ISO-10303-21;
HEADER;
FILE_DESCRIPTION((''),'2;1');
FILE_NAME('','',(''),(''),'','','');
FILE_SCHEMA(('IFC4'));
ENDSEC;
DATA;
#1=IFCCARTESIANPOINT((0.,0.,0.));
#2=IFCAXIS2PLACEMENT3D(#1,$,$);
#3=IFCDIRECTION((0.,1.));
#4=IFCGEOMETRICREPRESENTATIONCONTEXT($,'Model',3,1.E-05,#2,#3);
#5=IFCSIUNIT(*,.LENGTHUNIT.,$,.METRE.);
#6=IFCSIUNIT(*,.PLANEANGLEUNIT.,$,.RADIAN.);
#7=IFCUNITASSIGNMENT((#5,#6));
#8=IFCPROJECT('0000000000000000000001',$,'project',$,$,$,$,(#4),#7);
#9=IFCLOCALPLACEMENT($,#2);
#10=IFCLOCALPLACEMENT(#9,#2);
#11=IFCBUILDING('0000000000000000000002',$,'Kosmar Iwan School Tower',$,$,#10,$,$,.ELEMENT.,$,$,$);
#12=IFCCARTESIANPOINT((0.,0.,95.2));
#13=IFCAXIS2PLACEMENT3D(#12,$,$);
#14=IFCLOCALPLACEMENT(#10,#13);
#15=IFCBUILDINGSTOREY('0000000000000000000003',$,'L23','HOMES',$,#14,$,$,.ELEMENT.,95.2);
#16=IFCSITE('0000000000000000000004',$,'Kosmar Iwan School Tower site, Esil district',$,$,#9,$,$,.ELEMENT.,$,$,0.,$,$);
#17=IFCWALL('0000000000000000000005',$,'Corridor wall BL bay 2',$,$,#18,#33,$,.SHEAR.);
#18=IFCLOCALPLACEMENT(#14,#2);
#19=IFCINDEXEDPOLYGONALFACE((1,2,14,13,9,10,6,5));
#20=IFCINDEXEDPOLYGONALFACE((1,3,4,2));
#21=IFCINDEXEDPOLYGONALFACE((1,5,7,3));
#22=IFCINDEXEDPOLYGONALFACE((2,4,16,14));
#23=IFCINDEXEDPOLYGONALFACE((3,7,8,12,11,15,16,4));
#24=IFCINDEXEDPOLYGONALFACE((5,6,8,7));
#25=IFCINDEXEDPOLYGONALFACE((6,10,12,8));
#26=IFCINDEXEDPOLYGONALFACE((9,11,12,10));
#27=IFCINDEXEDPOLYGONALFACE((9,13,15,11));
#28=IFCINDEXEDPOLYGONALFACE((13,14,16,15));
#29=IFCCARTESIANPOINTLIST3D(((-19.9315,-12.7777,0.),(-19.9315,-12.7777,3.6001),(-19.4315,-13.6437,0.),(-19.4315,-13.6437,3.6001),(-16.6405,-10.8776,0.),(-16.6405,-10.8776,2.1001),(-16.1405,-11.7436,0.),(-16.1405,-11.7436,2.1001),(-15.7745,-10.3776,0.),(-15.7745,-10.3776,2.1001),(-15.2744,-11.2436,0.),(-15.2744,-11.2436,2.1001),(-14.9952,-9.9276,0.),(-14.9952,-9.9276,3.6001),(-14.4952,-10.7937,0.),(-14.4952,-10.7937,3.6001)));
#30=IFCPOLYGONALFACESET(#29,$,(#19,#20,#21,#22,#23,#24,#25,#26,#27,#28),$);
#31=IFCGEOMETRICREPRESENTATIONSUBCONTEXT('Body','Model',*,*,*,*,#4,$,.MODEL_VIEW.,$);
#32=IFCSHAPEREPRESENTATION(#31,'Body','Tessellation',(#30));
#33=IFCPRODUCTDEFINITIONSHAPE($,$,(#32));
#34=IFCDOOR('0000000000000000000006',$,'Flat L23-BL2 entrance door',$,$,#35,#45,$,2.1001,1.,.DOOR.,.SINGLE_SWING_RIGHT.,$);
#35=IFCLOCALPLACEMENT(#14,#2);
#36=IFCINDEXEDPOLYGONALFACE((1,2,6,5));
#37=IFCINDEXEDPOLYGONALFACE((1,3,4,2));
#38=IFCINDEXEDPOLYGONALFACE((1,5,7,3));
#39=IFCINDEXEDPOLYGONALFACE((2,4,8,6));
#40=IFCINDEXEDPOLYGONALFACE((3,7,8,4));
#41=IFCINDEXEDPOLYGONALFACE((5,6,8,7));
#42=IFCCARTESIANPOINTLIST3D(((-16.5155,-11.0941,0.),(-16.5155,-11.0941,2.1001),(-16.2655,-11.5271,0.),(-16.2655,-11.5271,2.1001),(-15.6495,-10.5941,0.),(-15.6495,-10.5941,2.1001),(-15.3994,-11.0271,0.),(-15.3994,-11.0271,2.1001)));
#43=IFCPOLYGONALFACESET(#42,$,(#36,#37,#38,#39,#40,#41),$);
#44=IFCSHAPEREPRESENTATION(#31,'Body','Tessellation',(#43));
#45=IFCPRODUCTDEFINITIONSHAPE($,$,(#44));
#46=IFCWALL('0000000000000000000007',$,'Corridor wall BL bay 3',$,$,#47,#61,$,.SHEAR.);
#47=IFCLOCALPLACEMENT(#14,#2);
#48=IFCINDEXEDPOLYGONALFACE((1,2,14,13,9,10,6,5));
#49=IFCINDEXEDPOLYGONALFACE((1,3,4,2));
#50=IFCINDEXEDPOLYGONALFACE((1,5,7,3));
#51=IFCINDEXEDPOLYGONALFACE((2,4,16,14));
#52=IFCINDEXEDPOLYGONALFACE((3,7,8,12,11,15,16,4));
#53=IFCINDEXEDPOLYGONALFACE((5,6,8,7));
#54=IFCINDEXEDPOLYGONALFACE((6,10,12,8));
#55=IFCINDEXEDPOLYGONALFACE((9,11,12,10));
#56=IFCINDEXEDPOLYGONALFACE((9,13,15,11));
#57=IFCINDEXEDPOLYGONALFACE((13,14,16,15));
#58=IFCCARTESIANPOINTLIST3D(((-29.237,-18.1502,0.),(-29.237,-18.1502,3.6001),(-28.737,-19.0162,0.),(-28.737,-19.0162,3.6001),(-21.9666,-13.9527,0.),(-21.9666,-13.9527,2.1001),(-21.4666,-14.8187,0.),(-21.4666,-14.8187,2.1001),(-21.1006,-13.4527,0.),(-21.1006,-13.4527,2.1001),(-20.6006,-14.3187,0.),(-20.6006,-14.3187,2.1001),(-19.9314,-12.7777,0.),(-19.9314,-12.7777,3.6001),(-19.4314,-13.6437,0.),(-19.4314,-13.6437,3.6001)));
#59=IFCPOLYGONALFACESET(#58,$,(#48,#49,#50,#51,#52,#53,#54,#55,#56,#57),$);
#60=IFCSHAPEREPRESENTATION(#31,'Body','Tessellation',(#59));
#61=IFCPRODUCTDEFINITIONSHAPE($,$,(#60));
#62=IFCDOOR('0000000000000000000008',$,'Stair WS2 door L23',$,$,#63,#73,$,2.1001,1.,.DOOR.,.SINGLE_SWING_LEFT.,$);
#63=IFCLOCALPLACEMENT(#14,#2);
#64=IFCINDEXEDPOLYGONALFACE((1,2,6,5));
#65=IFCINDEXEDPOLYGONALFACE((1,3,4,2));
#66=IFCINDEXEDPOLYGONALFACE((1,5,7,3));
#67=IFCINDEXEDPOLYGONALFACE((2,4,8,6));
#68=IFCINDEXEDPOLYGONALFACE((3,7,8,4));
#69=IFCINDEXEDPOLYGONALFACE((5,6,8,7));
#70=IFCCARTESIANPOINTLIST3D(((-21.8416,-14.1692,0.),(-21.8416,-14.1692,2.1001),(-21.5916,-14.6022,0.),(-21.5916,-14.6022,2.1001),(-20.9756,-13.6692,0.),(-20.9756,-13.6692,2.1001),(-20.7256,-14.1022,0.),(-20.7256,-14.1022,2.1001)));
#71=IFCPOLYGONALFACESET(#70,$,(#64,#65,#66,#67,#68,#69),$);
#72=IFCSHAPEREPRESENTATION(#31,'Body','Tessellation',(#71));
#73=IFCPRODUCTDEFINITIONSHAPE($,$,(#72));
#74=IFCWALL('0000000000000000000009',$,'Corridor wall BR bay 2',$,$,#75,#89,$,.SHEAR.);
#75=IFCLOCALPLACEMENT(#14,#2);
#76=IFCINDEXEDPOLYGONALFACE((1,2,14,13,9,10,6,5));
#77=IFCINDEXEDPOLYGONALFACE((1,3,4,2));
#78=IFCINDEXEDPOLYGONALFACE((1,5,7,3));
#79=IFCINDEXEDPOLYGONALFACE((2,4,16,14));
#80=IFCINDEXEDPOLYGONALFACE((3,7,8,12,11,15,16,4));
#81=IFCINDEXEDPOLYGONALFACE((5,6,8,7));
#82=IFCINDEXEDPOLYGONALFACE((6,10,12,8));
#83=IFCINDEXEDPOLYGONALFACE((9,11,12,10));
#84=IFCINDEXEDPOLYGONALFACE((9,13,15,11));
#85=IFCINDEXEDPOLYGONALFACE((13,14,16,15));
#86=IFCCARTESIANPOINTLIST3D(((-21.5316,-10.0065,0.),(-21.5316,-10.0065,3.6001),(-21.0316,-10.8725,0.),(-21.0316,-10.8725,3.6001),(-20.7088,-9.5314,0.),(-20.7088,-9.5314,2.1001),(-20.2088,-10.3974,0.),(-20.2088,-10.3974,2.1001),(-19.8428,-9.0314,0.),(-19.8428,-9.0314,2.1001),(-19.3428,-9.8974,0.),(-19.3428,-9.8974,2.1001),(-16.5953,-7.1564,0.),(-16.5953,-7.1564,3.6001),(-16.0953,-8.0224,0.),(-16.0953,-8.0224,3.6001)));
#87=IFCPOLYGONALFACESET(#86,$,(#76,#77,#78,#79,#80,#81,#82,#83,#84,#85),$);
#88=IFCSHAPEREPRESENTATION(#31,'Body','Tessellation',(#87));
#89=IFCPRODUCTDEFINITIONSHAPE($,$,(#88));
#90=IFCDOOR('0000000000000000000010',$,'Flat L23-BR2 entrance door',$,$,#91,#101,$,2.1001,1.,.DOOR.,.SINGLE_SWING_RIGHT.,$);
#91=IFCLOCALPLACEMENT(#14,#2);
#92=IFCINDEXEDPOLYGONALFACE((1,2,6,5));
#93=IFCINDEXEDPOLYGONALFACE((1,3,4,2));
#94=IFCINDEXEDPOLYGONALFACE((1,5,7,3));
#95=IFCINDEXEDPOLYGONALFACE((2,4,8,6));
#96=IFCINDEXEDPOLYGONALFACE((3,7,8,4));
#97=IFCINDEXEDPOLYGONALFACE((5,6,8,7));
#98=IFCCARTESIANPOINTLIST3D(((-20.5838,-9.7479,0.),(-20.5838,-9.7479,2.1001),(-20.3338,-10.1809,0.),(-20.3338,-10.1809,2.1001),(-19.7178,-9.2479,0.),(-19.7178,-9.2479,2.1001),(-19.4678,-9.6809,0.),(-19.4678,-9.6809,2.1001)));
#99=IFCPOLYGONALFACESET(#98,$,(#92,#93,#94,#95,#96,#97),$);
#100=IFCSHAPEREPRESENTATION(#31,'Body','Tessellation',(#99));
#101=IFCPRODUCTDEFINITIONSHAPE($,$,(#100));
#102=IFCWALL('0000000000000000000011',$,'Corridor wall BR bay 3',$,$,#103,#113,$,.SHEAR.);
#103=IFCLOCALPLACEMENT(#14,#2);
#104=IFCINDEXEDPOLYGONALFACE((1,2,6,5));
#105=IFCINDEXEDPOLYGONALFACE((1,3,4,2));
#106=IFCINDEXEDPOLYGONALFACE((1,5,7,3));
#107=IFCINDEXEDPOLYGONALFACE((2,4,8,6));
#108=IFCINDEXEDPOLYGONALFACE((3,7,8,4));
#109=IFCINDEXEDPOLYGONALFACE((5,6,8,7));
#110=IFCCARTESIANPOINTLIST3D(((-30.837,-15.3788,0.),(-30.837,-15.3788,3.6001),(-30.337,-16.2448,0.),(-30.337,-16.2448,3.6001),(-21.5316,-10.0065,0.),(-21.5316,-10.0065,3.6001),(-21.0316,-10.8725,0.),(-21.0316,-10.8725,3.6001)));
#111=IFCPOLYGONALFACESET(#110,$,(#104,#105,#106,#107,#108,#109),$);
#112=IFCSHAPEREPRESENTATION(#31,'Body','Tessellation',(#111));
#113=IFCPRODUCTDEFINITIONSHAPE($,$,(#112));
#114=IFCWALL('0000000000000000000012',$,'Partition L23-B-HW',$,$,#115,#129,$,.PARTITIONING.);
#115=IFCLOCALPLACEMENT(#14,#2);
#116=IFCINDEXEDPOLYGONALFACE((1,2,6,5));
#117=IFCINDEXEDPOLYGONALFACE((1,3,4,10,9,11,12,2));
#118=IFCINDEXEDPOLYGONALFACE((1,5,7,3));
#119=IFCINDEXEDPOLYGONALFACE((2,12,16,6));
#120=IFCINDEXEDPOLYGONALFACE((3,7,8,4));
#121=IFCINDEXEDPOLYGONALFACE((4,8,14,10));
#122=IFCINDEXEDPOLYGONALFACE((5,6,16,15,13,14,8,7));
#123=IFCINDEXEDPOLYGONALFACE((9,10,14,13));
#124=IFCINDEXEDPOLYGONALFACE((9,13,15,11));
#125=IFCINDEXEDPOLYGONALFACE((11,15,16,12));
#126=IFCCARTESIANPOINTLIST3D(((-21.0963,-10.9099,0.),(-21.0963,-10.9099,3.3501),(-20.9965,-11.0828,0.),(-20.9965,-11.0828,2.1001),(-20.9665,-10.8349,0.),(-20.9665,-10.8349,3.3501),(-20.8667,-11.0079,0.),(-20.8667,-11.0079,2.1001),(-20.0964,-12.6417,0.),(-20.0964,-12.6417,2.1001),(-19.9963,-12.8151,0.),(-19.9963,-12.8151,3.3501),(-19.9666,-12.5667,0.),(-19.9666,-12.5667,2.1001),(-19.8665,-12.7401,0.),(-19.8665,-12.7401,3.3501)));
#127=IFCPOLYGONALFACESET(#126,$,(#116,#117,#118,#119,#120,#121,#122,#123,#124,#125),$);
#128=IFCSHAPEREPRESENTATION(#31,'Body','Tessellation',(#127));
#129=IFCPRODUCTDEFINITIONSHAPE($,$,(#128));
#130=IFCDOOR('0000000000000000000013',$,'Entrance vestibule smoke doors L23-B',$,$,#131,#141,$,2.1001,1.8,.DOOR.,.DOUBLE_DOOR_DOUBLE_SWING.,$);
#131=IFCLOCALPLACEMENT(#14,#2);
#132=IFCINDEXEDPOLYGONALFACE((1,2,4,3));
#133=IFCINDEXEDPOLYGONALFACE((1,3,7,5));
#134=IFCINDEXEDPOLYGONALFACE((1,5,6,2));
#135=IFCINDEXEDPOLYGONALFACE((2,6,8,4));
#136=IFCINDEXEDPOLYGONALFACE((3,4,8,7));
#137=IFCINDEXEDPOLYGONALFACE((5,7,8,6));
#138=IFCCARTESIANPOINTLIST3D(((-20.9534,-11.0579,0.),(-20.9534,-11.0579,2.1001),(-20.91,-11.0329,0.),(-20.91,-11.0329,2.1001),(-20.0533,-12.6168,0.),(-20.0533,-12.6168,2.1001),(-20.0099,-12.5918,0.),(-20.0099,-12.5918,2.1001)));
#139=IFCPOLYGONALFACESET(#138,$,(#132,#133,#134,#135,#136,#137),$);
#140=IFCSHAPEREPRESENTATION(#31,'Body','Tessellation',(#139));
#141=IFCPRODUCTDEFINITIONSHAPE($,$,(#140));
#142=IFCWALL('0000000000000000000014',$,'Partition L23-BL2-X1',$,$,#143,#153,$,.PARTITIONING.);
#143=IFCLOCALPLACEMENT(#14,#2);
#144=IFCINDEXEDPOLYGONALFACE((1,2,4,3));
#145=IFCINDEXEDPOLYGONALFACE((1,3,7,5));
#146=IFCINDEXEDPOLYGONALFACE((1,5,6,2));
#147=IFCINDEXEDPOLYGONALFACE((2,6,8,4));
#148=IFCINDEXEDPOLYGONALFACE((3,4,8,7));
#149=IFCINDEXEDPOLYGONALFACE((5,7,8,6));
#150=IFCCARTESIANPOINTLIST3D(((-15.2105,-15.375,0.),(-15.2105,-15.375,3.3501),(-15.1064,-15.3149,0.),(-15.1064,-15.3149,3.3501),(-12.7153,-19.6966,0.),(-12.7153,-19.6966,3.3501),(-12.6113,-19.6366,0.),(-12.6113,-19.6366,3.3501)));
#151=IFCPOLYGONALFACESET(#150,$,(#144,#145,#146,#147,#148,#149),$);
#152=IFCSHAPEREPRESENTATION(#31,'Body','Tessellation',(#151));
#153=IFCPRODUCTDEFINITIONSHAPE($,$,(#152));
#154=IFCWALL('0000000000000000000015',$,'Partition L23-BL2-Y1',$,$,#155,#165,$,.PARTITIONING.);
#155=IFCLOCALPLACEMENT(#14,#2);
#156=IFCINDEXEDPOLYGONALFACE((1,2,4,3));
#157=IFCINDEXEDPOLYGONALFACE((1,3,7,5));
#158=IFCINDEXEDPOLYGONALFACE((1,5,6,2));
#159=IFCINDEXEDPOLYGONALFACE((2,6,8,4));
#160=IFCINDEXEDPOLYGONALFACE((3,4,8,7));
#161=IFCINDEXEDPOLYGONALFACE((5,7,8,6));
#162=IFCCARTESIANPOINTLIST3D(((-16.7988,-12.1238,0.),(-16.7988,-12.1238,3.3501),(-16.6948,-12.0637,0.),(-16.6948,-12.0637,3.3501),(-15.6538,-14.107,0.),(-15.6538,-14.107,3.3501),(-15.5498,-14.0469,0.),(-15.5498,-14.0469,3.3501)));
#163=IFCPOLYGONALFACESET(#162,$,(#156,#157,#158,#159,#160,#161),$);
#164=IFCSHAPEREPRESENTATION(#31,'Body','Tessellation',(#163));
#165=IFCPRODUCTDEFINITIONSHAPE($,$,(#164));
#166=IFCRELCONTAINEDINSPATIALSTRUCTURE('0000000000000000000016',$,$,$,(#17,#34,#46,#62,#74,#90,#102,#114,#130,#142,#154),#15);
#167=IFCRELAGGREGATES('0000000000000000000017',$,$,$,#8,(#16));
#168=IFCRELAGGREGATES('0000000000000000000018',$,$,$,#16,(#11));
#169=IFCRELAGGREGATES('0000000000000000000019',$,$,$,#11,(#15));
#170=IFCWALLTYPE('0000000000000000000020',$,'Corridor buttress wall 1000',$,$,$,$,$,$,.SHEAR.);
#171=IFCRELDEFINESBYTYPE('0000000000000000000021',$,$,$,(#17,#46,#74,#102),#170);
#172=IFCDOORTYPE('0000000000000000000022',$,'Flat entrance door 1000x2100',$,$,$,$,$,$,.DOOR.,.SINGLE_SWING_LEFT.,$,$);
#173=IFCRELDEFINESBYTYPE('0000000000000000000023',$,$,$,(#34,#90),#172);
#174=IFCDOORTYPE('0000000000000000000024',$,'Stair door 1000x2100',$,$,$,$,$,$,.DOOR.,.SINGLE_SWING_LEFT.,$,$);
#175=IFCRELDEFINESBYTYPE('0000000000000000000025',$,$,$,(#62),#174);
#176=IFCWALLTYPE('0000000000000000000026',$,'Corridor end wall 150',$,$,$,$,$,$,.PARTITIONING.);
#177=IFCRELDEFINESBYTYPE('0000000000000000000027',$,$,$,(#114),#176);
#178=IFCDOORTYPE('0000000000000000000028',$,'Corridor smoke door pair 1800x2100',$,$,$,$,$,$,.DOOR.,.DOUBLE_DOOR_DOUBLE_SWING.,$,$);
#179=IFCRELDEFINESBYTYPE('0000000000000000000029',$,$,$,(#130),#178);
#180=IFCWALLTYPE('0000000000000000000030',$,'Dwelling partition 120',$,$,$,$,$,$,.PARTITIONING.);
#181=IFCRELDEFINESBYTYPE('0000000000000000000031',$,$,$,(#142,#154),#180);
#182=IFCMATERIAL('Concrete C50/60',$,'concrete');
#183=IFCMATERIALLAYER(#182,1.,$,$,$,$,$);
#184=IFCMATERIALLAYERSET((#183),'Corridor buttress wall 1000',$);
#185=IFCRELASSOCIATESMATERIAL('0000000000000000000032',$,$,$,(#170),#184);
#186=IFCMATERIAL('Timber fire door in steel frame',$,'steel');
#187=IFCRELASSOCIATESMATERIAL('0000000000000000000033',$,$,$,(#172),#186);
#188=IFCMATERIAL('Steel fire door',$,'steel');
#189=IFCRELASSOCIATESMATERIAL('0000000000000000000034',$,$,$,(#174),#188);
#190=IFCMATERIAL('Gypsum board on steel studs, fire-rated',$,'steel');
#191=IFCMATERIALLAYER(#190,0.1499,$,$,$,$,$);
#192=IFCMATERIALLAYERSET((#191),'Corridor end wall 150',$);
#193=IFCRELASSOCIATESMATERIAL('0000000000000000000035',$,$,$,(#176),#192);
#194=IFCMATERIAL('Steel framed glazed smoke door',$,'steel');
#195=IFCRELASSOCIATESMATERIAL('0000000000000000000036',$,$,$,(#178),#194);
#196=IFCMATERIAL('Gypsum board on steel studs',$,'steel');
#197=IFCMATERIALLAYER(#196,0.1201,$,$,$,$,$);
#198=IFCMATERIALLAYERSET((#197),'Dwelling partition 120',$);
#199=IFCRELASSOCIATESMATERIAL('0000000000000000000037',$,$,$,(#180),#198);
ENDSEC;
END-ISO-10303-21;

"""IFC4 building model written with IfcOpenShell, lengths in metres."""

from ifc_helpers import new_model, si_unit, direction, frame, frame_2d, origin, place, context, subcontext, project, spatial, rectangle, extrude, material, layer, layer_set, type_object, element, fill, save


model = new_model("IFC4")

# Units and contexts
model_context = context("Model", 3, precision=1e-05, world=origin(), true_north=direction((0.0, 1.0)))
body_context = subcontext(model_context, "Body", "Model", "MODEL_VIEW")
ifc_project = project(units=[si_unit("LENGTHUNIT", "METRE"), si_unit("PLANEANGLEUNIT", "RADIAN")], contexts=[model_context])

# Site, building, storey
site_placement = place(None, origin())
site = spatial("IfcSite", under=ifc_project, at=site_placement, Name="Kosmar Iwan School Tower site, Esil district", CompositionType="ELEMENT", RefElevation=0.0)
building_placement = place(site_placement, origin())
building = spatial("IfcBuilding", under=site, at=building_placement, Name="Kosmar Iwan School Tower", CompositionType="ELEMENT")
storey_placement = place(building_placement, frame((0.0, 0.0, 95.2)))
storey = spatial("IfcBuildingStorey", under=building, at=storey_placement, Name="L23", Description="HOMES", CompositionType="ELEMENT", Elevation=95.2)

# Walls, openings, doors
ifc_material_1 = material(Name="Concrete C50/60", Category="concrete")
ifc_layer_1 = layer(ifc_material_1, 1.0)
ifc_layer_set_1 = layer_set([ifc_layer_1], Name="Corridor buttress wall 1000")
wall_type_1 = type_object("IfcWallType", Name="Corridor buttress wall 1000", PredefinedType="SHEAR", material=ifc_layer_set_1)
wall_1_placement = place(storey_placement, frame((-14.7451, -10.3606, 0.0), z_axis=(0.0, 0.0, 1.0), x_axis=(-0.866015, -0.500018, 0.0)))
wall_1 = element("IfcWall", 1, at=wall_1_placement, inside=storey, type_object=wall_type_1, Name="Corridor wall BL bay 2", PredefinedType="SHEAR", context=body_context, shape_type="SweptSolid", body=[
    extrude(rectangle(XDim=5.7, YDim=1.0, at=frame_2d((2.8501, 0.0))), origin(), (0.0, 0.0, 1.0), 3.6001),
])
opening_1_placement = place(wall_1_placement, frame((0.8999, 0.0, 0.0)))
opening_1 = element("IfcOpeningElement", 2, at=opening_1_placement, cuts=wall_1, PredefinedType="OPENING", context=body_context, shape_type="SweptSolid", body=[
    extrude(rectangle(XDim=1.0, YDim=2.1001, at=frame_2d((0.5, 1.05))), frame((0.0, 0.512, 0.0), z_axis=(0.0, -1.0, 0.0), x_axis=(1.0, 0.0, 0.0)), (0.0, 0.0, 1.0), 1.0239),
])
ifc_material_2 = material(Name="Timber fire door in steel frame", Category="steel")
door_type_1 = type_object("IfcDoorType", Name="Flat entrance door 1000x2100", OperationType="SINGLE_SWING_LEFT", PredefinedType="DOOR", material=ifc_material_2)
door_1_placement = place(opening_1_placement, origin())
door_1 = element("IfcDoor", 3, at=door_1_placement, inside=storey, type_object=door_type_1, Name="Flat L23-BL2 entrance door", OperationType="SINGLE_SWING_RIGHT", OverallHeight=2.1001, OverallWidth=1.0, PredefinedType="DOOR", context=body_context, shape_type="SweptSolid", body=[
    extrude(rectangle(XDim=1.0, YDim=2.1001, at=frame_2d((0.5, 1.05))), frame((0.0, 0.25, 0.0), z_axis=(0.0, -1.0, 0.0), x_axis=(1.0, 0.0, 0.0)), (0.0, 0.0, 1.0), 0.5),
])
fill(opening_1, door_1)
wall_2_placement = place(storey_placement, frame((-19.6814, -13.2107, 0.0), z_axis=(0.0, 0.0, 1.0), x_axis=(-0.866028, -0.499995, 0.0)))
wall_2 = element("IfcWall", 4, at=wall_2_placement, inside=storey, type_object=wall_type_1, Name="Corridor wall BL bay 3", PredefinedType="SHEAR", context=body_context, shape_type="SweptSolid", body=[
    extrude(rectangle(XDim=10.7451, YDim=1.0, at=frame_2d((5.3726, 0.0))), origin(), (0.0, 0.0, 1.0), 3.6001),
])
opening_2_placement = place(wall_2_placement, frame((1.3501, 0.0, 0.0)))
opening_2 = element("IfcOpeningElement", 5, at=opening_2_placement, cuts=wall_2, PredefinedType="OPENING", context=body_context, shape_type="SweptSolid", body=[
    extrude(rectangle(XDim=1.0, YDim=2.1001, at=frame_2d((0.5, 1.05))), frame((0.0, 0.512, 0.0), z_axis=(0.0, -1.0, 0.0), x_axis=(1.0, 0.0, 0.0)), (0.0, 0.0, 1.0), 1.0239),
])
ifc_material_3 = material(Name="Steel fire door", Category="steel")
door_type_2 = type_object("IfcDoorType", Name="Stair door 1000x2100", OperationType="SINGLE_SWING_LEFT", PredefinedType="DOOR", material=ifc_material_3)
door_2_placement = place(opening_2_placement, origin())
door_2 = element("IfcDoor", 6, at=door_2_placement, inside=storey, type_object=door_type_2, Name="Stair WS2 door L23", OperationType="SINGLE_SWING_LEFT", OverallHeight=2.1001, OverallWidth=1.0, PredefinedType="DOOR", context=body_context, shape_type="SweptSolid", body=[
    extrude(rectangle(XDim=1.0, YDim=2.1001, at=frame_2d((0.5, 1.05))), frame((0.0, 0.25, 0.0), z_axis=(0.0, -1.0, 0.0), x_axis=(1.0, 0.0, 0.0)), (0.0, 0.0, 1.0), 0.5),
])
fill(opening_2, door_2)
wall_3_placement = place(storey_placement, frame((-16.3452, -7.5894, 0.0), z_axis=(0.0, 0.0, 1.0), x_axis=(-0.866015, -0.500018, 0.0)))
wall_3 = element("IfcWall", 7, at=wall_3_placement, inside=storey, type_object=wall_type_1, Name="Corridor wall BR bay 2", PredefinedType="SHEAR", context=body_context, shape_type="SweptSolid", body=[
    extrude(rectangle(XDim=5.7, YDim=1.0, at=frame_2d((2.8501, 0.0))), origin(), (0.0, 0.0, 1.0), 3.6001),
])
opening_3_placement = place(wall_3_placement, frame((3.75, 0.0, 0.0)))
opening_3 = element("IfcOpeningElement", 8, at=opening_3_placement, cuts=wall_3, PredefinedType="OPENING", context=body_context, shape_type="SweptSolid", body=[
    extrude(rectangle(XDim=1.0, YDim=2.1001, at=frame_2d((0.5, 1.05))), frame((0.0, 0.512, 0.0), z_axis=(0.0, -1.0, 0.0), x_axis=(1.0, 0.0, 0.0)), (0.0, 0.0, 1.0), 1.0239),
])
door_3_placement = place(opening_3_placement, origin())
door_3 = element("IfcDoor", 9, at=door_3_placement, inside=storey, type_object=door_type_1, Name="Flat L23-BR2 entrance door", OperationType="SINGLE_SWING_RIGHT", OverallHeight=2.1001, OverallWidth=1.0, PredefinedType="DOOR", context=body_context, shape_type="SweptSolid", body=[
    extrude(rectangle(XDim=1.0, YDim=2.1001, at=frame_2d((0.5, 1.05))), frame((0.0, 0.25, 0.0), z_axis=(0.0, -1.0, 0.0), x_axis=(1.0, 0.0, 0.0)), (0.0, 0.0, 1.0), 0.5),
])
fill(opening_3, door_3)

# Wall
wall_4_placement = place(storey_placement, frame((-21.2815, -10.4395, 0.0), z_axis=(0.0, 0.0, 1.0), x_axis=(-0.866032, -0.499988, 0.0)))
element("IfcWall", 10, at=wall_4_placement, inside=storey, type_object=wall_type_1, Name="Corridor wall BR bay 3", PredefinedType="SHEAR", context=body_context, shape_type="SweptSolid", body=[
    extrude(rectangle(XDim=10.7449, YDim=1.0, at=frame_2d((5.3726, 0.0))), origin(), (0.0, 0.0, 1.0), 3.6001),
])

# Wall, opening, door
ifc_material_4 = material(Name="Gypsum board on steel studs, fire-rated", Category="steel")
ifc_layer_2 = layer(ifc_material_4, 0.1499)
ifc_layer_set_2 = layer_set([ifc_layer_2], Name="Corridor end wall 150")
wall_type_2 = type_object("IfcWallType", Name="Corridor end wall 150", PredefinedType="PARTITIONING", material=ifc_layer_set_2)
wall_5_placement = place(storey_placement, frame((-21.0315, -10.8723, 0.0), z_axis=(0.0, 0.0, 1.0), x_axis=(0.50003, -0.866008, 0.0)))
wall_5 = element("IfcWall", 11, at=wall_5_placement, inside=storey, type_object=wall_type_2, Name="Partition L23-B-HW", PredefinedType="PARTITIONING", context=body_context, shape_type="SweptSolid", body=[
    extrude(rectangle(XDim=2.2, YDim=0.1499, at=frame_2d((1.1001, 0.0))), origin(), (0.0, 0.0, 1.0), 3.3501),
])
opening_4_placement = place(wall_5_placement, frame((0.2, 0.0, 0.0)))
opening_4 = element("IfcOpeningElement", 12, at=opening_4_placement, cuts=wall_5, PredefinedType="OPENING", context=body_context, shape_type="SweptSolid", body=[
    extrude(rectangle(XDim=1.8, YDim=2.1001, at=frame_2d((0.8999, 1.05))), frame((0.0, 0.0869, 0.0), z_axis=(0.0, -1.0, 0.0), x_axis=(1.0, 0.0, 0.0)), (0.0, 0.0, 1.0), 0.1738),
])
ifc_material_5 = material(Name="Steel framed glazed smoke door", Category="steel")
door_type_3 = type_object("IfcDoorType", Name="Corridor smoke door pair 1800x2100", OperationType="DOUBLE_DOOR_DOUBLE_SWING", PredefinedType="DOOR", material=ifc_material_5)
door_4_placement = place(opening_4_placement, origin())
door_4 = element("IfcDoor", 13, at=door_4_placement, inside=storey, type_object=door_type_3, Name="Entrance vestibule smoke doors L23-B", OperationType="DOUBLE_DOOR_DOUBLE_SWING", OverallHeight=2.1001, OverallWidth=1.8, PredefinedType="DOOR", context=body_context, shape_type="SweptSolid", body=[
    extrude(rectangle(XDim=1.8, YDim=2.1001, at=frame_2d((0.8999, 1.05))), frame((0.0, 0.0249, 0.0), z_axis=(0.0, -1.0, 0.0), x_axis=(1.0, 0.0, 0.0)), (0.0, 0.0, 1.0), 0.05),
])
fill(opening_4, door_4)

# Walls
ifc_material_6 = material(Name="Gypsum board on steel studs", Category="steel")
ifc_layer_3 = layer(ifc_material_6, 0.1201)
ifc_layer_set_3 = layer_set([ifc_layer_3], Name="Dwelling partition 120")
wall_type_3 = type_object("IfcWallType", Name="Dwelling partition 120", PredefinedType="PARTITIONING", material=ifc_layer_set_3)
wall_6_placement = place(storey_placement, frame((-15.1584, -15.345, 0.0), z_axis=(0.0, 0.0, 1.0), x_axis=(0.500012, -0.866019, 0.0)))
element("IfcWall", 14, at=wall_6_placement, inside=storey, type_object=wall_type_3, Name="Partition L23-BL2-X1", PredefinedType="PARTITIONING", context=body_context, shape_type="SweptSolid", body=[
    extrude(rectangle(XDim=4.9902, YDim=0.1201, at=frame_2d((2.4951, 0.0))), origin(), (0.0, 0.0, 1.0), 3.3501),
])
for number, where, z_axis, x_axis, name in (
    (15, (-16.7468, -12.0938, 0.0), (0.0, 0.0, 1.0), (0.500015, -0.866017, 0.0), "Partition L23-BL2-Y1"),
):
    element("IfcWall", number, at=place(storey_placement, frame(where, z_axis=z_axis, x_axis=x_axis)), inside=storey, type_object=wall_type_3, Name=name, PredefinedType="PARTITIONING", context=body_context, shape_type="SweptSolid", body=[
        extrude(rectangle(XDim=2.29, YDim=0.1201, at=frame_2d((1.145, 0.0))), origin(), (0.0, 0.0, 1.0), 3.3501),
    ])

save(model, "model.ifc")
